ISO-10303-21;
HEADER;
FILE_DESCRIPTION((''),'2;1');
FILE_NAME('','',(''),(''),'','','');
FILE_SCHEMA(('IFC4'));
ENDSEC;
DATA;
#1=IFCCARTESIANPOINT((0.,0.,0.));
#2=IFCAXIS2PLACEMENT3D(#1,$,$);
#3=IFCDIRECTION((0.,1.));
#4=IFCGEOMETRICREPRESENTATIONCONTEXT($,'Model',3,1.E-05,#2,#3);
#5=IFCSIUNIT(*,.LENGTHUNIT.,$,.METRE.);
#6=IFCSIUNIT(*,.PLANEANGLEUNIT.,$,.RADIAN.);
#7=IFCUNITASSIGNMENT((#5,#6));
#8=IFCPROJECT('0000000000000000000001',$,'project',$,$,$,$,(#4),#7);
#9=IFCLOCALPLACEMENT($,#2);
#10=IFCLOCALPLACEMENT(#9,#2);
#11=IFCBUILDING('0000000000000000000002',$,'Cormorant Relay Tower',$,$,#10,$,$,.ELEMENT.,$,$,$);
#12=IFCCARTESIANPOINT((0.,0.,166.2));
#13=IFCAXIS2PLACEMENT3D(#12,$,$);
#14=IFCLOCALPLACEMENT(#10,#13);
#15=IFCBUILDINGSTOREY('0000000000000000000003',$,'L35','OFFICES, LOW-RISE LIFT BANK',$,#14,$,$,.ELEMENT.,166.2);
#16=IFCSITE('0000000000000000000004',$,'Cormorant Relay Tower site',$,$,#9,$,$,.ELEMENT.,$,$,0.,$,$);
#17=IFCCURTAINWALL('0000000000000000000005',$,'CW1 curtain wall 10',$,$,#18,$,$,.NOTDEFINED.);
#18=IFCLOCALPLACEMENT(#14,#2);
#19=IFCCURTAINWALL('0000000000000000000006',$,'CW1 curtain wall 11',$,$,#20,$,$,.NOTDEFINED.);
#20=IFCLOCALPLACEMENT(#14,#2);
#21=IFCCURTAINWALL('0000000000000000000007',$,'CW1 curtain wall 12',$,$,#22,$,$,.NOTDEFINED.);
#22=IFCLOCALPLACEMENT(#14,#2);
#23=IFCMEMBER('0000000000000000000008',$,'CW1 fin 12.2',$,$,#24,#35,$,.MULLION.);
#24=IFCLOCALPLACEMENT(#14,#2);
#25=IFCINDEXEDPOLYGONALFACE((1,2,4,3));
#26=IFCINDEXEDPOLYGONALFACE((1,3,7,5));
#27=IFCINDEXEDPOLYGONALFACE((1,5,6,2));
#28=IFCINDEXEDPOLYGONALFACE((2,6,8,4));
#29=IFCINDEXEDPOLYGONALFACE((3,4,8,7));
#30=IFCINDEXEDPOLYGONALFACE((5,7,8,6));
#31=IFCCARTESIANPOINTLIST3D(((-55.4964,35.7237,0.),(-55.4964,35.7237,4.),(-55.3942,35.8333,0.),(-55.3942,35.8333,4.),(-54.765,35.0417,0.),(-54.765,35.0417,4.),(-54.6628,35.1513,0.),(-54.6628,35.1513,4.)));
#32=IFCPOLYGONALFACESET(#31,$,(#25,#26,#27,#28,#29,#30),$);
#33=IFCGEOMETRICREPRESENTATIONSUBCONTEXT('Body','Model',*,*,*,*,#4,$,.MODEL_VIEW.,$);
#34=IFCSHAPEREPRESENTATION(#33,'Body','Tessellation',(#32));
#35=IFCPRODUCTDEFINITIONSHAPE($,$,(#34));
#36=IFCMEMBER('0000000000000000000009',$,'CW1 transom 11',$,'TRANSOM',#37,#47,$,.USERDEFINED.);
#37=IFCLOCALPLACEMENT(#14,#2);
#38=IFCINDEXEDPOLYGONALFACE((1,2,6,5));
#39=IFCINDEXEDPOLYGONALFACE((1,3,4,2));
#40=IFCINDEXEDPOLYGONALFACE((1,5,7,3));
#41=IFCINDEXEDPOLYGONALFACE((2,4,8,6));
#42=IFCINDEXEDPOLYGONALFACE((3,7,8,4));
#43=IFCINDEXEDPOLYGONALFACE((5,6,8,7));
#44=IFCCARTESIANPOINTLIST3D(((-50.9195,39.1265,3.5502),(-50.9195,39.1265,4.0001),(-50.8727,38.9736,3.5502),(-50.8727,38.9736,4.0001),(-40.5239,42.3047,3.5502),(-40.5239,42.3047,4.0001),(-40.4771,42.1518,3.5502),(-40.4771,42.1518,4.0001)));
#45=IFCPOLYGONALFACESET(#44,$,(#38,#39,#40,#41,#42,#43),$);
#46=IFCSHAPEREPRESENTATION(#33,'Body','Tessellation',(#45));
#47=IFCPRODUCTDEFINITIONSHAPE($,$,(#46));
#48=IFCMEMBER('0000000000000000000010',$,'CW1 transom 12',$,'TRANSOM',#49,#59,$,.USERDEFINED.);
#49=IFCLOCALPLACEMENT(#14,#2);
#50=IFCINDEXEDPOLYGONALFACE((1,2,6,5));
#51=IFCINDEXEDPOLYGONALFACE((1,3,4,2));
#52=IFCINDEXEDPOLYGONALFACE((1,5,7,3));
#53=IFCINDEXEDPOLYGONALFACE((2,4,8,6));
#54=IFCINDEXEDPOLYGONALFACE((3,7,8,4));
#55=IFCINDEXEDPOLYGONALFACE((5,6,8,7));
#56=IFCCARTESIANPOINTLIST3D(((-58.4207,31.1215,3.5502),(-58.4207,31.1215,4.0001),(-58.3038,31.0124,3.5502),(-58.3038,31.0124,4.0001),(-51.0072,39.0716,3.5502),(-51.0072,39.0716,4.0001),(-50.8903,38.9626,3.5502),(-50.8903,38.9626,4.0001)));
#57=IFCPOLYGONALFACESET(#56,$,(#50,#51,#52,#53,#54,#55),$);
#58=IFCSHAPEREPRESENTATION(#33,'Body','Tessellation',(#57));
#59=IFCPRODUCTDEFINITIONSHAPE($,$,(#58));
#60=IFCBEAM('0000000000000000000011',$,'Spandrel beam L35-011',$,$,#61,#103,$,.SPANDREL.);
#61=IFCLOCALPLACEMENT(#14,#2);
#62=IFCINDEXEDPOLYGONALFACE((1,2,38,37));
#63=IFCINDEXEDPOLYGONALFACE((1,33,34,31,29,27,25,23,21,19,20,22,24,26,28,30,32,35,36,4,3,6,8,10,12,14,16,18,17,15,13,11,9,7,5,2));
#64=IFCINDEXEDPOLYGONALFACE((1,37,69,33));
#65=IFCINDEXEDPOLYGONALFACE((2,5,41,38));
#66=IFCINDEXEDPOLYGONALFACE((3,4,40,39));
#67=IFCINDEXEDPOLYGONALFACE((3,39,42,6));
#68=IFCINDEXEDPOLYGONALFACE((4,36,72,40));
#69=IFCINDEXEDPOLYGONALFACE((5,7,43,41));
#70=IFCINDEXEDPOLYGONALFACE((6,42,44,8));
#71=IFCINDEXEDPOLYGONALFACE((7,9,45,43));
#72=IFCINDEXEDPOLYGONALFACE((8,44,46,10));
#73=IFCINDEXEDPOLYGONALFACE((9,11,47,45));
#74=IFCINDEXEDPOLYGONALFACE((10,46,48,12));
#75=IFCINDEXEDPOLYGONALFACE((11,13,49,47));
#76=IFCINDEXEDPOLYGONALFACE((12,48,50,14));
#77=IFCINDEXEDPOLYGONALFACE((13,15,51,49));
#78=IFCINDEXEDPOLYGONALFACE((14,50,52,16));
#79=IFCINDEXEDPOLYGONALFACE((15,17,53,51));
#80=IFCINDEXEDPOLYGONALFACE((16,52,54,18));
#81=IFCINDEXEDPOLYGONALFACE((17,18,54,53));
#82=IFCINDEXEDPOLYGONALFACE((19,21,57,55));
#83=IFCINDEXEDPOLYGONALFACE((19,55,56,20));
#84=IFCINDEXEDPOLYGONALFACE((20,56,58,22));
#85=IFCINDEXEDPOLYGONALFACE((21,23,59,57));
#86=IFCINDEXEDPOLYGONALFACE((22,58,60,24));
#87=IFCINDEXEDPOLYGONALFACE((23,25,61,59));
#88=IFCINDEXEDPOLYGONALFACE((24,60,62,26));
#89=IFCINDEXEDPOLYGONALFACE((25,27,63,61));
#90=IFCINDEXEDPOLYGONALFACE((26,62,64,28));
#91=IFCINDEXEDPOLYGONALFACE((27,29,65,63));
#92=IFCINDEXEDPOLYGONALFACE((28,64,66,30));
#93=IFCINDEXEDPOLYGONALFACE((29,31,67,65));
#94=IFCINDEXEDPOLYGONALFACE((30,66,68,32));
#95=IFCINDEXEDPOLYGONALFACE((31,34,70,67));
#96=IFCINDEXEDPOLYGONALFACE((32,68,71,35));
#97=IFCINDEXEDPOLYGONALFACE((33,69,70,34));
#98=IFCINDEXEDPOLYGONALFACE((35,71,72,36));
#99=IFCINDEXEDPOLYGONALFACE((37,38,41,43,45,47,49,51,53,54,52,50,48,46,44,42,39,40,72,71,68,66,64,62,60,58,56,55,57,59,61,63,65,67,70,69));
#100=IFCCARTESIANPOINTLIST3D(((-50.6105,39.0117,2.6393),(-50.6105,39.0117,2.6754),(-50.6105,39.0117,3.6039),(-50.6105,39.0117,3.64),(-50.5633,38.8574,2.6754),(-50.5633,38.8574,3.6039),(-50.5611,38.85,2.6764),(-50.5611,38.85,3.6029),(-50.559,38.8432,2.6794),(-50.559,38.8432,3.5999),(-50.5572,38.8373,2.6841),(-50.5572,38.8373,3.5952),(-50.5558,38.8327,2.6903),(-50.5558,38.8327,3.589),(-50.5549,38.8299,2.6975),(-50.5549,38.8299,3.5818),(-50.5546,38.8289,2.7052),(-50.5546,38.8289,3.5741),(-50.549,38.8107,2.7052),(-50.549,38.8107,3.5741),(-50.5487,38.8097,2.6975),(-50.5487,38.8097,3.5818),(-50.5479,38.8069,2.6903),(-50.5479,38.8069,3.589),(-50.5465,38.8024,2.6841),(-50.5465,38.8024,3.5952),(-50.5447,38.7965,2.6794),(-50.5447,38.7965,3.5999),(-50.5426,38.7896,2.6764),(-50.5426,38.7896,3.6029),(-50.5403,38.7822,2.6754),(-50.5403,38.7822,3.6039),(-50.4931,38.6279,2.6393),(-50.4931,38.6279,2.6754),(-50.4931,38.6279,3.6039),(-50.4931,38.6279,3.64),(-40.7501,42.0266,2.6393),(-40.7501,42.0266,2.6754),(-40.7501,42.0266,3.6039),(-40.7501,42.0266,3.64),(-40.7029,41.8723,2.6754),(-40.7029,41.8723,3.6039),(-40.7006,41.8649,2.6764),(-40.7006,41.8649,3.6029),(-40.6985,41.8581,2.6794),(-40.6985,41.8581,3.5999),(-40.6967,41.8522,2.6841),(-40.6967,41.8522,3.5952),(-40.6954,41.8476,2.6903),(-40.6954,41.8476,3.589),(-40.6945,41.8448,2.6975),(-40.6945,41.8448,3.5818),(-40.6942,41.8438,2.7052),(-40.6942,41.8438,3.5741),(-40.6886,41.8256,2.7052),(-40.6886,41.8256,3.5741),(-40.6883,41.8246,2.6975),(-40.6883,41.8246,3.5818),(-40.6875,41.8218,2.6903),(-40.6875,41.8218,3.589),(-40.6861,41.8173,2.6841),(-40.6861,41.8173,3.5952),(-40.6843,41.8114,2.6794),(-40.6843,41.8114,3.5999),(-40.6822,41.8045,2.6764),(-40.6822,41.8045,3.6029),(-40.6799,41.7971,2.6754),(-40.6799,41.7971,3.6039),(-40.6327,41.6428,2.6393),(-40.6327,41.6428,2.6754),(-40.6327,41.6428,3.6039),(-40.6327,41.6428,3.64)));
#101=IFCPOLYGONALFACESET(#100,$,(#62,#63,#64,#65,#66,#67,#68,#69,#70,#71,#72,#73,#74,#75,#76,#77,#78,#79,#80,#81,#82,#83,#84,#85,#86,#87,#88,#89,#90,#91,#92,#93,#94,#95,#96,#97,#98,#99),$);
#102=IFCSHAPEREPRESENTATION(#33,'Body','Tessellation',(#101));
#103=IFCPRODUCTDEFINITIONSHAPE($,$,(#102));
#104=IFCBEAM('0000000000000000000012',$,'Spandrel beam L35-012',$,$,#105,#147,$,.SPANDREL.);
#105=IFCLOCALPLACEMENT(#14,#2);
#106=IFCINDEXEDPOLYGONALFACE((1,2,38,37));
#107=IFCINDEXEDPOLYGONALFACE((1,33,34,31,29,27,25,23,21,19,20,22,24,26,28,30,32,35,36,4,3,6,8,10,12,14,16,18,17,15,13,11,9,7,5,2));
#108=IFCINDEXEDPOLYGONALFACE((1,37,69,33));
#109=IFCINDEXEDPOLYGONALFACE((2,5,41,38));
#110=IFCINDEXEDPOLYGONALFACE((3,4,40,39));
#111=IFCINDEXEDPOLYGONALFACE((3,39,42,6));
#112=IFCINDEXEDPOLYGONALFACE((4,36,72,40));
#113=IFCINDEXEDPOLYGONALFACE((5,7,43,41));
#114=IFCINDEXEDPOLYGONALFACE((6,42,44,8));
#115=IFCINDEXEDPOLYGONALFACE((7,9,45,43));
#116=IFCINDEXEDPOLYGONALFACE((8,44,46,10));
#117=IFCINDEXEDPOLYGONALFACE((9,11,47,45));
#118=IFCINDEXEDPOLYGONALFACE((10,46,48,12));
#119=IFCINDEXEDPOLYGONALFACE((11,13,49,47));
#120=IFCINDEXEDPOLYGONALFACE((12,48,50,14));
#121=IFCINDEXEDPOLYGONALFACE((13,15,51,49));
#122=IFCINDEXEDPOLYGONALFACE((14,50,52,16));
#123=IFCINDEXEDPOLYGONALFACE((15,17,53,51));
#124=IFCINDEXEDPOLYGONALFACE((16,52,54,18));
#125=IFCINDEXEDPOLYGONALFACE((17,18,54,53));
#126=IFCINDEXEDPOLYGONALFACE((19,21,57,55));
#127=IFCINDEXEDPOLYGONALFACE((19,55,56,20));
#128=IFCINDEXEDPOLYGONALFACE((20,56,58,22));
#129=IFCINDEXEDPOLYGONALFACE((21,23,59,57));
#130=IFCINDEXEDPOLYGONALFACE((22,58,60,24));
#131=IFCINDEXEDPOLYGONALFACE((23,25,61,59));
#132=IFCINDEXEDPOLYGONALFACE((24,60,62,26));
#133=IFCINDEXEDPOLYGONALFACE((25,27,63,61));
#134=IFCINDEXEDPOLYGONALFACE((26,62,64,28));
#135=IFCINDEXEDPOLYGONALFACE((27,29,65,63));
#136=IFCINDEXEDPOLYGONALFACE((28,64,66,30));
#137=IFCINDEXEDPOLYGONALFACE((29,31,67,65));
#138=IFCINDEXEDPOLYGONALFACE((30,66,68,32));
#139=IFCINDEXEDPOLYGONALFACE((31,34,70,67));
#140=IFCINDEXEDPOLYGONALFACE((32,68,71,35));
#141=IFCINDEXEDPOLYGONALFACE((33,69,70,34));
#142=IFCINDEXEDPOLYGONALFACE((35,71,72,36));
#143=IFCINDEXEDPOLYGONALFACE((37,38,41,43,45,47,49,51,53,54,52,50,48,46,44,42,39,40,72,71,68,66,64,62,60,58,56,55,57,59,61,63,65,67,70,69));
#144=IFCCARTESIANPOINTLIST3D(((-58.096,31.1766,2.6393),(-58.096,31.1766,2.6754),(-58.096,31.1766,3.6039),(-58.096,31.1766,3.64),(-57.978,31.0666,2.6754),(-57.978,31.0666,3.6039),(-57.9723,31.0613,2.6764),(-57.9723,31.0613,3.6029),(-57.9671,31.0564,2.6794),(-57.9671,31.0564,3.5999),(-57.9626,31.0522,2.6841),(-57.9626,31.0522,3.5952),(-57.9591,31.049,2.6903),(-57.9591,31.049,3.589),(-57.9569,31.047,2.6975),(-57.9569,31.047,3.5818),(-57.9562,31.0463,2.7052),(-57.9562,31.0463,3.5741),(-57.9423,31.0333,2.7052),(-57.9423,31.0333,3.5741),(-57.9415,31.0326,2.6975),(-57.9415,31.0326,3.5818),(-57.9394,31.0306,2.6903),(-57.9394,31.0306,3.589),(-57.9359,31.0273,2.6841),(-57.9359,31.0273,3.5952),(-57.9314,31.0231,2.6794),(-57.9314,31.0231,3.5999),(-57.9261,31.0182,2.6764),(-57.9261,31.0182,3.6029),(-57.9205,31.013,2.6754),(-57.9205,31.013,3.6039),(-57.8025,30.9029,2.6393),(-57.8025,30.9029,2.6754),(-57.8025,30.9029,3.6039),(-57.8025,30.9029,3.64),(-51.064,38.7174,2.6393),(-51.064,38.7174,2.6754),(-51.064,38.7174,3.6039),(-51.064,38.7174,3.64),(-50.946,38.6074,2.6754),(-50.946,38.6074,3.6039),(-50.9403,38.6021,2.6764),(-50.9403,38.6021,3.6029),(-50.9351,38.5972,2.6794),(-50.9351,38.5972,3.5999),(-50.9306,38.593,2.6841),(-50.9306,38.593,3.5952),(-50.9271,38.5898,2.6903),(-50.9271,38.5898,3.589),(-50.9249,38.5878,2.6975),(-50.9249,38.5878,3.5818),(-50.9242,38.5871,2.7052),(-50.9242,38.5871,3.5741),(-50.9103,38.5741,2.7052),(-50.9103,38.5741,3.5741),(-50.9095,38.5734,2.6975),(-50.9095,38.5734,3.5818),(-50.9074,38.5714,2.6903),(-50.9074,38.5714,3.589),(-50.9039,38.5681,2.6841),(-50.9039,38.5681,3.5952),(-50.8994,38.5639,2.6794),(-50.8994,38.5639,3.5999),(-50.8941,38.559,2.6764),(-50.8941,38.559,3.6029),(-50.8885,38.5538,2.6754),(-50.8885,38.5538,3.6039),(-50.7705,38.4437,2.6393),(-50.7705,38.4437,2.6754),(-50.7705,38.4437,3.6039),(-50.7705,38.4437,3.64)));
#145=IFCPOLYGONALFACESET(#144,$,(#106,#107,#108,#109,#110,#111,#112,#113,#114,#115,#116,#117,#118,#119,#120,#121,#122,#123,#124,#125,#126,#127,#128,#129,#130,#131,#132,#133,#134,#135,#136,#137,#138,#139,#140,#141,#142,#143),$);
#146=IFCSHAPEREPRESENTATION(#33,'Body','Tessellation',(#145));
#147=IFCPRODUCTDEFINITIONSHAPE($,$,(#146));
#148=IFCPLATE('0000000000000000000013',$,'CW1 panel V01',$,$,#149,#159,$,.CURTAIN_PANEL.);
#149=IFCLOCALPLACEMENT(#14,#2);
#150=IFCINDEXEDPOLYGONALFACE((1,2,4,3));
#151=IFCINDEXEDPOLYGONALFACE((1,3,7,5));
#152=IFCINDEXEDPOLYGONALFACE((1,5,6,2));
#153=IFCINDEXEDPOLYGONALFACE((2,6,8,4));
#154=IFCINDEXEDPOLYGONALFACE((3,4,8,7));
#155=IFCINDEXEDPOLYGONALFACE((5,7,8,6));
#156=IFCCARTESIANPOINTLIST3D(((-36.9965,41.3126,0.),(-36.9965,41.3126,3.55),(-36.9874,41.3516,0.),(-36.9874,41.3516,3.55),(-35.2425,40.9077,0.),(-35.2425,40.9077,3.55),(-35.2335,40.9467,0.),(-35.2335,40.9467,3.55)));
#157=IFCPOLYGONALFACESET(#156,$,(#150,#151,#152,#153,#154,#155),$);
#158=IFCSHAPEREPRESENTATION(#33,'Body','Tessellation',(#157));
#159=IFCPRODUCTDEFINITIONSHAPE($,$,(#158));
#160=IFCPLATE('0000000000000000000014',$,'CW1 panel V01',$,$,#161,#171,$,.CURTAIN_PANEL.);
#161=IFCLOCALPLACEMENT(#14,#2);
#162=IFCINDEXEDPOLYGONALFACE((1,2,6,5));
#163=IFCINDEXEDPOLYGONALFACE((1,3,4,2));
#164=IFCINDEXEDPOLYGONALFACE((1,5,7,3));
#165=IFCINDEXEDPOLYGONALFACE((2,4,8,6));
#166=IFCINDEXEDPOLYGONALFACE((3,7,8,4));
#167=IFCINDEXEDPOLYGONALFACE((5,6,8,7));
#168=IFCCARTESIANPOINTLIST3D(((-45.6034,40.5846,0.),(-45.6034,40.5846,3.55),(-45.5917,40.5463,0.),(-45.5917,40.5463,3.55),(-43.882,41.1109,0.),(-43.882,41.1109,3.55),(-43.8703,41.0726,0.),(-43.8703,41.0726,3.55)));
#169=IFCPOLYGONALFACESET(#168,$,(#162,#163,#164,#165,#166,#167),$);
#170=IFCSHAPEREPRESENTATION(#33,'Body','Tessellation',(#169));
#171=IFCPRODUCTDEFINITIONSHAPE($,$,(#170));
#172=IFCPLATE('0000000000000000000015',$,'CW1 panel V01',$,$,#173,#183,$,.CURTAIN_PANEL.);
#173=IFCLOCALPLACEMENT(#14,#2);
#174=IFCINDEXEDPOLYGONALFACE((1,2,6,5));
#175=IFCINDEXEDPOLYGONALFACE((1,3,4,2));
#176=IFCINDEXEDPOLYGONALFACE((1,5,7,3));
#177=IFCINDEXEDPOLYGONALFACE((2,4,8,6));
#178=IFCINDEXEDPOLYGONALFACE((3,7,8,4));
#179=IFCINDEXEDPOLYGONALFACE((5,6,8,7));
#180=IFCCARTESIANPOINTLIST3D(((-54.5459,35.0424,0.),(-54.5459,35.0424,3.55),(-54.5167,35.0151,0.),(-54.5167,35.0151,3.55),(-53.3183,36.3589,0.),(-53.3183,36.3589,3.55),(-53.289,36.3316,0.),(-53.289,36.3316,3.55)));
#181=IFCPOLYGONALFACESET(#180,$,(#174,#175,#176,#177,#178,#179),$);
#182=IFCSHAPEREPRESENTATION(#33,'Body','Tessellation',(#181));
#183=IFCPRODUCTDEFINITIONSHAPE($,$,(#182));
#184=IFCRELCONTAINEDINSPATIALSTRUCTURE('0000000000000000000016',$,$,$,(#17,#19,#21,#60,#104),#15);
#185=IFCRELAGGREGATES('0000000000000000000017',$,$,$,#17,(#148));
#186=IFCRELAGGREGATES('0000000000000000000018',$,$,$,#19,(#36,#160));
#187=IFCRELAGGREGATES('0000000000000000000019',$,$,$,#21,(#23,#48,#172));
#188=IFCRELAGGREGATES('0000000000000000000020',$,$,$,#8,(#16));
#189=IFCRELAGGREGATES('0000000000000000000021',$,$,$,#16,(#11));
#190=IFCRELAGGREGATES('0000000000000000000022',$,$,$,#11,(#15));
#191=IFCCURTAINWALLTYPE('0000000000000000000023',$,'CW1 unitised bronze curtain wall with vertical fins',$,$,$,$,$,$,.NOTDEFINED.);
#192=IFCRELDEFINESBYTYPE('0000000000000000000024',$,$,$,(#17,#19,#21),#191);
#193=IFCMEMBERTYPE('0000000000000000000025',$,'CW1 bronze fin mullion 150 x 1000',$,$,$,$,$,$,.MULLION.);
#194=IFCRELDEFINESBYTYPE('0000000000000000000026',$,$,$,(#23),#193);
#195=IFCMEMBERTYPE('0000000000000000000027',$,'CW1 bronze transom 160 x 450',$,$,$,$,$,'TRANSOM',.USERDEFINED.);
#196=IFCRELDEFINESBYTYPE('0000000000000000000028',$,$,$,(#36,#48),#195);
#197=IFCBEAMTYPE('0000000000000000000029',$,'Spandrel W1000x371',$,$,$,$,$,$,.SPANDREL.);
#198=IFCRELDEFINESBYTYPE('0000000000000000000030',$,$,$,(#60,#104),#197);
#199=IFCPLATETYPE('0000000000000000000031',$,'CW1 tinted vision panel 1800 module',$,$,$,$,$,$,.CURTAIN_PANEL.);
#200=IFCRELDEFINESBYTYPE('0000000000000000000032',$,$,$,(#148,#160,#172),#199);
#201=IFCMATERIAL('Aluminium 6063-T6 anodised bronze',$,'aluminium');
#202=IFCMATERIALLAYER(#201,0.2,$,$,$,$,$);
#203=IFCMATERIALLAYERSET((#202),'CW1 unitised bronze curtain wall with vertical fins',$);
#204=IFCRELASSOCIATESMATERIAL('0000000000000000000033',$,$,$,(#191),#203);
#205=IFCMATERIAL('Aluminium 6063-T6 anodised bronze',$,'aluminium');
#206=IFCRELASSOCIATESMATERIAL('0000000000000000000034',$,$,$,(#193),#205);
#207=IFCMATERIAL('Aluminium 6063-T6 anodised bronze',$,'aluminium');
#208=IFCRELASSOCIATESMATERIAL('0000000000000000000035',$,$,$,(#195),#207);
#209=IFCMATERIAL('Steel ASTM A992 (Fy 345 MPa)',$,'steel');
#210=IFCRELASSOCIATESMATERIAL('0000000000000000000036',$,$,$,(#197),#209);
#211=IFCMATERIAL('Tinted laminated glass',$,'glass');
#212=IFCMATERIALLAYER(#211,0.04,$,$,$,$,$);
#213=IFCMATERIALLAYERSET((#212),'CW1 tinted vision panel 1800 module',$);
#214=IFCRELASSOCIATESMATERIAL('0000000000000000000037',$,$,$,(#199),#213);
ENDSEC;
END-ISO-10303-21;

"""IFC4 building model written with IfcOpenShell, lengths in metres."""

from ifc_helpers import new_model, si_unit, direction, frame, origin, origin_2d, place, context, subcontext, project, spatial, rectangle, i_section, extrude, material, layer, layer_set, material_profile, profile_set, type_object, element, aggregate, save


model = new_model("IFC4")

# Units and contexts
model_context = context("Model", 3, precision=1e-05, world=origin(), true_north=direction((0.0, 1.0)))
body_context = subcontext(model_context, "Body", "Model", "MODEL_VIEW")
ifc_project = project(units=[si_unit("LENGTHUNIT", "METRE"), si_unit("PLANEANGLEUNIT", "RADIAN")], contexts=[model_context])

# Site, building, storey
site_placement = place(None, origin())
site = spatial("IfcSite", under=ifc_project, at=site_placement, Name="Cormorant Relay Tower site", CompositionType="ELEMENT", RefElevation=0.0)
building_placement = place(site_placement, origin())
building = spatial("IfcBuilding", under=site, at=building_placement, Name="Cormorant Relay Tower", CompositionType="ELEMENT")
storey_placement = place(building_placement, frame((0.0, 0.0, 166.2)))
storey = spatial("IfcBuildingStorey", under=building, at=storey_placement, Name="L35", Description="OFFICES, LOW-RISE LIFT BANK", CompositionType="ELEMENT", Elevation=166.2)

# Curtain wall
ifc_material_1 = material(Name="Aluminium 6063-T6 anodised bronze", Category="aluminium")
ifc_layer_1 = layer(ifc_material_1, 0.2)
ifc_layer_set_1 = layer_set([ifc_layer_1], Name="CW1 unitised bronze curtain wall with vertical fins")
curtain_wall_type = type_object("IfcCurtainWallType", Name="CW1 unitised bronze curtain wall with vertical fins", PredefinedType="NOTDEFINED", material=ifc_layer_set_1)
curtain_wall_1_placement = place(storey_placement, origin())
curtain_wall_1 = element("IfcCurtainWall", 1, at=curtain_wall_1_placement, inside=storey, type_object=curtain_wall_type, Name="CW1 curtain wall 10", PredefinedType="NOTDEFINED")
ifc_material_2 = material(Name="Aluminium 6063-T6 anodised bronze", Category="aluminium")
ifc_material_profile_1 = material_profile(ifc_material_2, rectangle(XDim=0.1499, YDim=1.0, at=origin_2d()), Name="AL 150x1000")
ifc_profile_set_1 = profile_set([ifc_material_profile_1], Name="Aluminium 6063-T6 anodised bronze")
member_type_1 = type_object("IfcMemberType", Name="CW1 bronze fin mullion 150 x 1000", PredefinedType="MULLION", material=ifc_profile_set_1)

# Curtain walls, member
curtain_wall_2_placement = place(storey_placement, origin())
curtain_wall_2 = element("IfcCurtainWall", 2, at=curtain_wall_2_placement, inside=storey, type_object=curtain_wall_type, Name="CW1 curtain wall 11", PredefinedType="NOTDEFINED")
curtain_wall_3_placement = place(storey_placement, origin())
curtain_wall_3 = element("IfcCurtainWall", 3, at=curtain_wall_3_placement, inside=storey, type_object=curtain_wall_type, Name="CW1 curtain wall 12", PredefinedType="NOTDEFINED")
member_1_placement = place(storey_placement, frame((-55.0796, 35.4375, 0.0), z_axis=(0.0, 0.0, 1.0), x_axis=(-0.681998, -0.731354, 0.0)))
member_1 = element("IfcMember", 4, at=member_1_placement, type_object=member_type_1, Name="CW1 fin 12.2", PredefinedType="MULLION", context=body_context, shape_type="SweptSolid", body=[
    extrude(rectangle(XDim=0.1499, YDim=1.0, at=origin_2d()), origin(), (0.0, 0.0, 1.0), 4.0),
])

# Members
ifc_material_3 = material(Name="Aluminium 6063-T6 anodised bronze", Category="aluminium")
ifc_material_profile_2 = material_profile(ifc_material_3, rectangle(XDim=0.1599, YDim=0.45, at=origin_2d()), Name="AL 160x450")
ifc_profile_set_2 = profile_set([ifc_material_profile_2], Name="Aluminium 6063-T6 anodised bronze")
member_type_2 = type_object("IfcMemberType", Name="CW1 bronze transom 160 x 450", ElementType="TRANSOM", PredefinedType="USERDEFINED", material=ifc_profile_set_2)
member_2_placement = place(storey_placement, frame((-40.5005, 42.2283, 3.7751), z_axis=(-0.956305, -0.292371, 0.0), x_axis=(0.292371, -0.956305, 0.0)))
member_2 = element("IfcMember", 5, at=member_2_placement, type_object=member_type_2, Name="CW1 transom 11", ObjectType="TRANSOM", PredefinedType="USERDEFINED", context=body_context, shape_type="SweptSolid", body=[
    extrude(rectangle(XDim=0.1599, YDim=0.45, at=origin_2d()), origin(), (0.0, 0.0, 1.0), 10.8706),
])
member_3_placement = place(storey_placement, frame((-50.9487, 39.0171, 3.7751), z_axis=(-0.681993, -0.731358, 0.0), x_axis=(0.731358, -0.681993, 0.0)))
member_3 = element("IfcMember", 6, at=member_3_placement, type_object=member_type_2, Name="CW1 transom 12", ObjectType="TRANSOM", PredefinedType="USERDEFINED", context=body_context, shape_type="SweptSolid", body=[
    extrude(rectangle(XDim=0.1599, YDim=0.45, at=origin_2d()), origin(), (0.0, 0.0, 1.0), 10.8704),
])

# Beams
ifc_material_4 = material(Name="Steel ASTM A992 (Fy 345 MPa)", Category="steel")
ifc_material_profile_3 = material_profile(ifc_material_4, i_section(OverallWidth=0.4014, OverallDepth=1.0007, WebThickness=0.019, FlangeThickness=0.0361, FilletRadius=0.0298, at=origin_2d()), Name="W1000x371")
ifc_profile_set_3 = profile_set([ifc_material_profile_3], Name="Steel ASTM A992 (Fy 345 MPa)")
beam_type = type_object("IfcBeamType", Name="Spandrel W1000x371", PredefinedType="SPANDREL", material=ifc_profile_set_3)
beam_1_placement = place(storey_placement, frame((-40.6914, 41.8347, 3.1396), z_axis=(-0.956297, -0.292397, 0.0), x_axis=(0.292397, -0.956297, 0.0)))
element("IfcBeam", 7, at=beam_1_placement, inside=storey, type_object=beam_type, Name="Spandrel beam L35-011", PredefinedType="SPANDREL", context=body_context, shape_type="SweptSolid", body=[
    extrude(i_section(OverallWidth=0.4014, OverallDepth=1.0007, WebThickness=0.019, FlangeThickness=0.0361, FilletRadius=0.0298, at=origin_2d()), origin(), (0.0, 0.0, 1.0), 10.311),
])
beam_2_placement = place(storey_placement, frame((-50.9172, 38.5806, 3.1396), z_axis=(-0.682004, -0.731349, 0.0), x_axis=(0.731349, -0.682004, 0.0)))
element("IfcBeam", 8, at=beam_2_placement, inside=storey, type_object=beam_type, Name="Spandrel beam L35-012", PredefinedType="SPANDREL", context=body_context, shape_type="SweptSolid", body=[
    extrude(i_section(OverallWidth=0.4014, OverallDepth=1.0007, WebThickness=0.019, FlangeThickness=0.0361, FilletRadius=0.0298, at=origin_2d()), origin(), (0.0, 0.0, 1.0), 10.3108),
])

# Plates
ifc_material_5 = material(Name="Tinted laminated glass", Category="glass")
ifc_layer_2 = layer(ifc_material_5, 0.04)
ifc_layer_set_2 = layer_set([ifc_layer_2], Name="CW1 tinted vision panel 1800 module")
plate_type_1 = type_object("IfcPlateType", Name="CW1 tinted vision panel 1800 module", PredefinedType="CURTAIN_PANEL", material=ifc_layer_set_2)
plate_1_placement = place(storey_placement, frame((-36.115, 41.1296, 0.0), z_axis=(0.0, 0.0, 1.0), x_axis=(-0.97437, 0.224951, 0.0)))
plate_1 = element("IfcPlate", 9, at=plate_1_placement, type_object=plate_type_1, Name="CW1 panel V01", PredefinedType="CURTAIN_PANEL", context=body_context, shape_type="SweptSolid", body=[
    extrude(rectangle(XDim=1.8, YDim=0.04, at=origin_2d()), origin(), (0.0, 0.0, 1.0), 3.55),
])
plate_2_placement = place(storey_placement, frame((-44.7368, 40.8286, 0.0), z_axis=(0.0, 0.0, 1.0), x_axis=(-0.956305, -0.292372, 0.0)))
plate_2 = element("IfcPlate", 10, at=plate_2_placement, type_object=plate_type_1, Name="CW1 panel V01", PredefinedType="CURTAIN_PANEL", context=body_context, shape_type="SweptSolid", body=[
    extrude(rectangle(XDim=1.8, YDim=0.04, at=origin_2d()), origin(), (0.0, 0.0, 1.0), 3.55),
])
plate_3_placement = place(storey_placement, frame((-53.9175, 35.687, 0.0), z_axis=(0.0, 0.0, 1.0), x_axis=(-0.681998, -0.731354, 0.0)))
plate_3 = element("IfcPlate", 11, at=plate_3_placement, type_object=plate_type_1, Name="CW1 panel V01", PredefinedType="CURTAIN_PANEL", context=body_context, shape_type="SweptSolid", body=[
    extrude(rectangle(XDim=1.8, YDim=0.04, at=origin_2d()), origin(), (0.0, 0.0, 1.0), 3.55),
])

aggregate(curtain_wall_1, [plate_1])
aggregate(curtain_wall_2, [member_2, plate_2])
aggregate(curtain_wall_3, [member_1, member_3, plate_3])

save(model, "model.ifc")
